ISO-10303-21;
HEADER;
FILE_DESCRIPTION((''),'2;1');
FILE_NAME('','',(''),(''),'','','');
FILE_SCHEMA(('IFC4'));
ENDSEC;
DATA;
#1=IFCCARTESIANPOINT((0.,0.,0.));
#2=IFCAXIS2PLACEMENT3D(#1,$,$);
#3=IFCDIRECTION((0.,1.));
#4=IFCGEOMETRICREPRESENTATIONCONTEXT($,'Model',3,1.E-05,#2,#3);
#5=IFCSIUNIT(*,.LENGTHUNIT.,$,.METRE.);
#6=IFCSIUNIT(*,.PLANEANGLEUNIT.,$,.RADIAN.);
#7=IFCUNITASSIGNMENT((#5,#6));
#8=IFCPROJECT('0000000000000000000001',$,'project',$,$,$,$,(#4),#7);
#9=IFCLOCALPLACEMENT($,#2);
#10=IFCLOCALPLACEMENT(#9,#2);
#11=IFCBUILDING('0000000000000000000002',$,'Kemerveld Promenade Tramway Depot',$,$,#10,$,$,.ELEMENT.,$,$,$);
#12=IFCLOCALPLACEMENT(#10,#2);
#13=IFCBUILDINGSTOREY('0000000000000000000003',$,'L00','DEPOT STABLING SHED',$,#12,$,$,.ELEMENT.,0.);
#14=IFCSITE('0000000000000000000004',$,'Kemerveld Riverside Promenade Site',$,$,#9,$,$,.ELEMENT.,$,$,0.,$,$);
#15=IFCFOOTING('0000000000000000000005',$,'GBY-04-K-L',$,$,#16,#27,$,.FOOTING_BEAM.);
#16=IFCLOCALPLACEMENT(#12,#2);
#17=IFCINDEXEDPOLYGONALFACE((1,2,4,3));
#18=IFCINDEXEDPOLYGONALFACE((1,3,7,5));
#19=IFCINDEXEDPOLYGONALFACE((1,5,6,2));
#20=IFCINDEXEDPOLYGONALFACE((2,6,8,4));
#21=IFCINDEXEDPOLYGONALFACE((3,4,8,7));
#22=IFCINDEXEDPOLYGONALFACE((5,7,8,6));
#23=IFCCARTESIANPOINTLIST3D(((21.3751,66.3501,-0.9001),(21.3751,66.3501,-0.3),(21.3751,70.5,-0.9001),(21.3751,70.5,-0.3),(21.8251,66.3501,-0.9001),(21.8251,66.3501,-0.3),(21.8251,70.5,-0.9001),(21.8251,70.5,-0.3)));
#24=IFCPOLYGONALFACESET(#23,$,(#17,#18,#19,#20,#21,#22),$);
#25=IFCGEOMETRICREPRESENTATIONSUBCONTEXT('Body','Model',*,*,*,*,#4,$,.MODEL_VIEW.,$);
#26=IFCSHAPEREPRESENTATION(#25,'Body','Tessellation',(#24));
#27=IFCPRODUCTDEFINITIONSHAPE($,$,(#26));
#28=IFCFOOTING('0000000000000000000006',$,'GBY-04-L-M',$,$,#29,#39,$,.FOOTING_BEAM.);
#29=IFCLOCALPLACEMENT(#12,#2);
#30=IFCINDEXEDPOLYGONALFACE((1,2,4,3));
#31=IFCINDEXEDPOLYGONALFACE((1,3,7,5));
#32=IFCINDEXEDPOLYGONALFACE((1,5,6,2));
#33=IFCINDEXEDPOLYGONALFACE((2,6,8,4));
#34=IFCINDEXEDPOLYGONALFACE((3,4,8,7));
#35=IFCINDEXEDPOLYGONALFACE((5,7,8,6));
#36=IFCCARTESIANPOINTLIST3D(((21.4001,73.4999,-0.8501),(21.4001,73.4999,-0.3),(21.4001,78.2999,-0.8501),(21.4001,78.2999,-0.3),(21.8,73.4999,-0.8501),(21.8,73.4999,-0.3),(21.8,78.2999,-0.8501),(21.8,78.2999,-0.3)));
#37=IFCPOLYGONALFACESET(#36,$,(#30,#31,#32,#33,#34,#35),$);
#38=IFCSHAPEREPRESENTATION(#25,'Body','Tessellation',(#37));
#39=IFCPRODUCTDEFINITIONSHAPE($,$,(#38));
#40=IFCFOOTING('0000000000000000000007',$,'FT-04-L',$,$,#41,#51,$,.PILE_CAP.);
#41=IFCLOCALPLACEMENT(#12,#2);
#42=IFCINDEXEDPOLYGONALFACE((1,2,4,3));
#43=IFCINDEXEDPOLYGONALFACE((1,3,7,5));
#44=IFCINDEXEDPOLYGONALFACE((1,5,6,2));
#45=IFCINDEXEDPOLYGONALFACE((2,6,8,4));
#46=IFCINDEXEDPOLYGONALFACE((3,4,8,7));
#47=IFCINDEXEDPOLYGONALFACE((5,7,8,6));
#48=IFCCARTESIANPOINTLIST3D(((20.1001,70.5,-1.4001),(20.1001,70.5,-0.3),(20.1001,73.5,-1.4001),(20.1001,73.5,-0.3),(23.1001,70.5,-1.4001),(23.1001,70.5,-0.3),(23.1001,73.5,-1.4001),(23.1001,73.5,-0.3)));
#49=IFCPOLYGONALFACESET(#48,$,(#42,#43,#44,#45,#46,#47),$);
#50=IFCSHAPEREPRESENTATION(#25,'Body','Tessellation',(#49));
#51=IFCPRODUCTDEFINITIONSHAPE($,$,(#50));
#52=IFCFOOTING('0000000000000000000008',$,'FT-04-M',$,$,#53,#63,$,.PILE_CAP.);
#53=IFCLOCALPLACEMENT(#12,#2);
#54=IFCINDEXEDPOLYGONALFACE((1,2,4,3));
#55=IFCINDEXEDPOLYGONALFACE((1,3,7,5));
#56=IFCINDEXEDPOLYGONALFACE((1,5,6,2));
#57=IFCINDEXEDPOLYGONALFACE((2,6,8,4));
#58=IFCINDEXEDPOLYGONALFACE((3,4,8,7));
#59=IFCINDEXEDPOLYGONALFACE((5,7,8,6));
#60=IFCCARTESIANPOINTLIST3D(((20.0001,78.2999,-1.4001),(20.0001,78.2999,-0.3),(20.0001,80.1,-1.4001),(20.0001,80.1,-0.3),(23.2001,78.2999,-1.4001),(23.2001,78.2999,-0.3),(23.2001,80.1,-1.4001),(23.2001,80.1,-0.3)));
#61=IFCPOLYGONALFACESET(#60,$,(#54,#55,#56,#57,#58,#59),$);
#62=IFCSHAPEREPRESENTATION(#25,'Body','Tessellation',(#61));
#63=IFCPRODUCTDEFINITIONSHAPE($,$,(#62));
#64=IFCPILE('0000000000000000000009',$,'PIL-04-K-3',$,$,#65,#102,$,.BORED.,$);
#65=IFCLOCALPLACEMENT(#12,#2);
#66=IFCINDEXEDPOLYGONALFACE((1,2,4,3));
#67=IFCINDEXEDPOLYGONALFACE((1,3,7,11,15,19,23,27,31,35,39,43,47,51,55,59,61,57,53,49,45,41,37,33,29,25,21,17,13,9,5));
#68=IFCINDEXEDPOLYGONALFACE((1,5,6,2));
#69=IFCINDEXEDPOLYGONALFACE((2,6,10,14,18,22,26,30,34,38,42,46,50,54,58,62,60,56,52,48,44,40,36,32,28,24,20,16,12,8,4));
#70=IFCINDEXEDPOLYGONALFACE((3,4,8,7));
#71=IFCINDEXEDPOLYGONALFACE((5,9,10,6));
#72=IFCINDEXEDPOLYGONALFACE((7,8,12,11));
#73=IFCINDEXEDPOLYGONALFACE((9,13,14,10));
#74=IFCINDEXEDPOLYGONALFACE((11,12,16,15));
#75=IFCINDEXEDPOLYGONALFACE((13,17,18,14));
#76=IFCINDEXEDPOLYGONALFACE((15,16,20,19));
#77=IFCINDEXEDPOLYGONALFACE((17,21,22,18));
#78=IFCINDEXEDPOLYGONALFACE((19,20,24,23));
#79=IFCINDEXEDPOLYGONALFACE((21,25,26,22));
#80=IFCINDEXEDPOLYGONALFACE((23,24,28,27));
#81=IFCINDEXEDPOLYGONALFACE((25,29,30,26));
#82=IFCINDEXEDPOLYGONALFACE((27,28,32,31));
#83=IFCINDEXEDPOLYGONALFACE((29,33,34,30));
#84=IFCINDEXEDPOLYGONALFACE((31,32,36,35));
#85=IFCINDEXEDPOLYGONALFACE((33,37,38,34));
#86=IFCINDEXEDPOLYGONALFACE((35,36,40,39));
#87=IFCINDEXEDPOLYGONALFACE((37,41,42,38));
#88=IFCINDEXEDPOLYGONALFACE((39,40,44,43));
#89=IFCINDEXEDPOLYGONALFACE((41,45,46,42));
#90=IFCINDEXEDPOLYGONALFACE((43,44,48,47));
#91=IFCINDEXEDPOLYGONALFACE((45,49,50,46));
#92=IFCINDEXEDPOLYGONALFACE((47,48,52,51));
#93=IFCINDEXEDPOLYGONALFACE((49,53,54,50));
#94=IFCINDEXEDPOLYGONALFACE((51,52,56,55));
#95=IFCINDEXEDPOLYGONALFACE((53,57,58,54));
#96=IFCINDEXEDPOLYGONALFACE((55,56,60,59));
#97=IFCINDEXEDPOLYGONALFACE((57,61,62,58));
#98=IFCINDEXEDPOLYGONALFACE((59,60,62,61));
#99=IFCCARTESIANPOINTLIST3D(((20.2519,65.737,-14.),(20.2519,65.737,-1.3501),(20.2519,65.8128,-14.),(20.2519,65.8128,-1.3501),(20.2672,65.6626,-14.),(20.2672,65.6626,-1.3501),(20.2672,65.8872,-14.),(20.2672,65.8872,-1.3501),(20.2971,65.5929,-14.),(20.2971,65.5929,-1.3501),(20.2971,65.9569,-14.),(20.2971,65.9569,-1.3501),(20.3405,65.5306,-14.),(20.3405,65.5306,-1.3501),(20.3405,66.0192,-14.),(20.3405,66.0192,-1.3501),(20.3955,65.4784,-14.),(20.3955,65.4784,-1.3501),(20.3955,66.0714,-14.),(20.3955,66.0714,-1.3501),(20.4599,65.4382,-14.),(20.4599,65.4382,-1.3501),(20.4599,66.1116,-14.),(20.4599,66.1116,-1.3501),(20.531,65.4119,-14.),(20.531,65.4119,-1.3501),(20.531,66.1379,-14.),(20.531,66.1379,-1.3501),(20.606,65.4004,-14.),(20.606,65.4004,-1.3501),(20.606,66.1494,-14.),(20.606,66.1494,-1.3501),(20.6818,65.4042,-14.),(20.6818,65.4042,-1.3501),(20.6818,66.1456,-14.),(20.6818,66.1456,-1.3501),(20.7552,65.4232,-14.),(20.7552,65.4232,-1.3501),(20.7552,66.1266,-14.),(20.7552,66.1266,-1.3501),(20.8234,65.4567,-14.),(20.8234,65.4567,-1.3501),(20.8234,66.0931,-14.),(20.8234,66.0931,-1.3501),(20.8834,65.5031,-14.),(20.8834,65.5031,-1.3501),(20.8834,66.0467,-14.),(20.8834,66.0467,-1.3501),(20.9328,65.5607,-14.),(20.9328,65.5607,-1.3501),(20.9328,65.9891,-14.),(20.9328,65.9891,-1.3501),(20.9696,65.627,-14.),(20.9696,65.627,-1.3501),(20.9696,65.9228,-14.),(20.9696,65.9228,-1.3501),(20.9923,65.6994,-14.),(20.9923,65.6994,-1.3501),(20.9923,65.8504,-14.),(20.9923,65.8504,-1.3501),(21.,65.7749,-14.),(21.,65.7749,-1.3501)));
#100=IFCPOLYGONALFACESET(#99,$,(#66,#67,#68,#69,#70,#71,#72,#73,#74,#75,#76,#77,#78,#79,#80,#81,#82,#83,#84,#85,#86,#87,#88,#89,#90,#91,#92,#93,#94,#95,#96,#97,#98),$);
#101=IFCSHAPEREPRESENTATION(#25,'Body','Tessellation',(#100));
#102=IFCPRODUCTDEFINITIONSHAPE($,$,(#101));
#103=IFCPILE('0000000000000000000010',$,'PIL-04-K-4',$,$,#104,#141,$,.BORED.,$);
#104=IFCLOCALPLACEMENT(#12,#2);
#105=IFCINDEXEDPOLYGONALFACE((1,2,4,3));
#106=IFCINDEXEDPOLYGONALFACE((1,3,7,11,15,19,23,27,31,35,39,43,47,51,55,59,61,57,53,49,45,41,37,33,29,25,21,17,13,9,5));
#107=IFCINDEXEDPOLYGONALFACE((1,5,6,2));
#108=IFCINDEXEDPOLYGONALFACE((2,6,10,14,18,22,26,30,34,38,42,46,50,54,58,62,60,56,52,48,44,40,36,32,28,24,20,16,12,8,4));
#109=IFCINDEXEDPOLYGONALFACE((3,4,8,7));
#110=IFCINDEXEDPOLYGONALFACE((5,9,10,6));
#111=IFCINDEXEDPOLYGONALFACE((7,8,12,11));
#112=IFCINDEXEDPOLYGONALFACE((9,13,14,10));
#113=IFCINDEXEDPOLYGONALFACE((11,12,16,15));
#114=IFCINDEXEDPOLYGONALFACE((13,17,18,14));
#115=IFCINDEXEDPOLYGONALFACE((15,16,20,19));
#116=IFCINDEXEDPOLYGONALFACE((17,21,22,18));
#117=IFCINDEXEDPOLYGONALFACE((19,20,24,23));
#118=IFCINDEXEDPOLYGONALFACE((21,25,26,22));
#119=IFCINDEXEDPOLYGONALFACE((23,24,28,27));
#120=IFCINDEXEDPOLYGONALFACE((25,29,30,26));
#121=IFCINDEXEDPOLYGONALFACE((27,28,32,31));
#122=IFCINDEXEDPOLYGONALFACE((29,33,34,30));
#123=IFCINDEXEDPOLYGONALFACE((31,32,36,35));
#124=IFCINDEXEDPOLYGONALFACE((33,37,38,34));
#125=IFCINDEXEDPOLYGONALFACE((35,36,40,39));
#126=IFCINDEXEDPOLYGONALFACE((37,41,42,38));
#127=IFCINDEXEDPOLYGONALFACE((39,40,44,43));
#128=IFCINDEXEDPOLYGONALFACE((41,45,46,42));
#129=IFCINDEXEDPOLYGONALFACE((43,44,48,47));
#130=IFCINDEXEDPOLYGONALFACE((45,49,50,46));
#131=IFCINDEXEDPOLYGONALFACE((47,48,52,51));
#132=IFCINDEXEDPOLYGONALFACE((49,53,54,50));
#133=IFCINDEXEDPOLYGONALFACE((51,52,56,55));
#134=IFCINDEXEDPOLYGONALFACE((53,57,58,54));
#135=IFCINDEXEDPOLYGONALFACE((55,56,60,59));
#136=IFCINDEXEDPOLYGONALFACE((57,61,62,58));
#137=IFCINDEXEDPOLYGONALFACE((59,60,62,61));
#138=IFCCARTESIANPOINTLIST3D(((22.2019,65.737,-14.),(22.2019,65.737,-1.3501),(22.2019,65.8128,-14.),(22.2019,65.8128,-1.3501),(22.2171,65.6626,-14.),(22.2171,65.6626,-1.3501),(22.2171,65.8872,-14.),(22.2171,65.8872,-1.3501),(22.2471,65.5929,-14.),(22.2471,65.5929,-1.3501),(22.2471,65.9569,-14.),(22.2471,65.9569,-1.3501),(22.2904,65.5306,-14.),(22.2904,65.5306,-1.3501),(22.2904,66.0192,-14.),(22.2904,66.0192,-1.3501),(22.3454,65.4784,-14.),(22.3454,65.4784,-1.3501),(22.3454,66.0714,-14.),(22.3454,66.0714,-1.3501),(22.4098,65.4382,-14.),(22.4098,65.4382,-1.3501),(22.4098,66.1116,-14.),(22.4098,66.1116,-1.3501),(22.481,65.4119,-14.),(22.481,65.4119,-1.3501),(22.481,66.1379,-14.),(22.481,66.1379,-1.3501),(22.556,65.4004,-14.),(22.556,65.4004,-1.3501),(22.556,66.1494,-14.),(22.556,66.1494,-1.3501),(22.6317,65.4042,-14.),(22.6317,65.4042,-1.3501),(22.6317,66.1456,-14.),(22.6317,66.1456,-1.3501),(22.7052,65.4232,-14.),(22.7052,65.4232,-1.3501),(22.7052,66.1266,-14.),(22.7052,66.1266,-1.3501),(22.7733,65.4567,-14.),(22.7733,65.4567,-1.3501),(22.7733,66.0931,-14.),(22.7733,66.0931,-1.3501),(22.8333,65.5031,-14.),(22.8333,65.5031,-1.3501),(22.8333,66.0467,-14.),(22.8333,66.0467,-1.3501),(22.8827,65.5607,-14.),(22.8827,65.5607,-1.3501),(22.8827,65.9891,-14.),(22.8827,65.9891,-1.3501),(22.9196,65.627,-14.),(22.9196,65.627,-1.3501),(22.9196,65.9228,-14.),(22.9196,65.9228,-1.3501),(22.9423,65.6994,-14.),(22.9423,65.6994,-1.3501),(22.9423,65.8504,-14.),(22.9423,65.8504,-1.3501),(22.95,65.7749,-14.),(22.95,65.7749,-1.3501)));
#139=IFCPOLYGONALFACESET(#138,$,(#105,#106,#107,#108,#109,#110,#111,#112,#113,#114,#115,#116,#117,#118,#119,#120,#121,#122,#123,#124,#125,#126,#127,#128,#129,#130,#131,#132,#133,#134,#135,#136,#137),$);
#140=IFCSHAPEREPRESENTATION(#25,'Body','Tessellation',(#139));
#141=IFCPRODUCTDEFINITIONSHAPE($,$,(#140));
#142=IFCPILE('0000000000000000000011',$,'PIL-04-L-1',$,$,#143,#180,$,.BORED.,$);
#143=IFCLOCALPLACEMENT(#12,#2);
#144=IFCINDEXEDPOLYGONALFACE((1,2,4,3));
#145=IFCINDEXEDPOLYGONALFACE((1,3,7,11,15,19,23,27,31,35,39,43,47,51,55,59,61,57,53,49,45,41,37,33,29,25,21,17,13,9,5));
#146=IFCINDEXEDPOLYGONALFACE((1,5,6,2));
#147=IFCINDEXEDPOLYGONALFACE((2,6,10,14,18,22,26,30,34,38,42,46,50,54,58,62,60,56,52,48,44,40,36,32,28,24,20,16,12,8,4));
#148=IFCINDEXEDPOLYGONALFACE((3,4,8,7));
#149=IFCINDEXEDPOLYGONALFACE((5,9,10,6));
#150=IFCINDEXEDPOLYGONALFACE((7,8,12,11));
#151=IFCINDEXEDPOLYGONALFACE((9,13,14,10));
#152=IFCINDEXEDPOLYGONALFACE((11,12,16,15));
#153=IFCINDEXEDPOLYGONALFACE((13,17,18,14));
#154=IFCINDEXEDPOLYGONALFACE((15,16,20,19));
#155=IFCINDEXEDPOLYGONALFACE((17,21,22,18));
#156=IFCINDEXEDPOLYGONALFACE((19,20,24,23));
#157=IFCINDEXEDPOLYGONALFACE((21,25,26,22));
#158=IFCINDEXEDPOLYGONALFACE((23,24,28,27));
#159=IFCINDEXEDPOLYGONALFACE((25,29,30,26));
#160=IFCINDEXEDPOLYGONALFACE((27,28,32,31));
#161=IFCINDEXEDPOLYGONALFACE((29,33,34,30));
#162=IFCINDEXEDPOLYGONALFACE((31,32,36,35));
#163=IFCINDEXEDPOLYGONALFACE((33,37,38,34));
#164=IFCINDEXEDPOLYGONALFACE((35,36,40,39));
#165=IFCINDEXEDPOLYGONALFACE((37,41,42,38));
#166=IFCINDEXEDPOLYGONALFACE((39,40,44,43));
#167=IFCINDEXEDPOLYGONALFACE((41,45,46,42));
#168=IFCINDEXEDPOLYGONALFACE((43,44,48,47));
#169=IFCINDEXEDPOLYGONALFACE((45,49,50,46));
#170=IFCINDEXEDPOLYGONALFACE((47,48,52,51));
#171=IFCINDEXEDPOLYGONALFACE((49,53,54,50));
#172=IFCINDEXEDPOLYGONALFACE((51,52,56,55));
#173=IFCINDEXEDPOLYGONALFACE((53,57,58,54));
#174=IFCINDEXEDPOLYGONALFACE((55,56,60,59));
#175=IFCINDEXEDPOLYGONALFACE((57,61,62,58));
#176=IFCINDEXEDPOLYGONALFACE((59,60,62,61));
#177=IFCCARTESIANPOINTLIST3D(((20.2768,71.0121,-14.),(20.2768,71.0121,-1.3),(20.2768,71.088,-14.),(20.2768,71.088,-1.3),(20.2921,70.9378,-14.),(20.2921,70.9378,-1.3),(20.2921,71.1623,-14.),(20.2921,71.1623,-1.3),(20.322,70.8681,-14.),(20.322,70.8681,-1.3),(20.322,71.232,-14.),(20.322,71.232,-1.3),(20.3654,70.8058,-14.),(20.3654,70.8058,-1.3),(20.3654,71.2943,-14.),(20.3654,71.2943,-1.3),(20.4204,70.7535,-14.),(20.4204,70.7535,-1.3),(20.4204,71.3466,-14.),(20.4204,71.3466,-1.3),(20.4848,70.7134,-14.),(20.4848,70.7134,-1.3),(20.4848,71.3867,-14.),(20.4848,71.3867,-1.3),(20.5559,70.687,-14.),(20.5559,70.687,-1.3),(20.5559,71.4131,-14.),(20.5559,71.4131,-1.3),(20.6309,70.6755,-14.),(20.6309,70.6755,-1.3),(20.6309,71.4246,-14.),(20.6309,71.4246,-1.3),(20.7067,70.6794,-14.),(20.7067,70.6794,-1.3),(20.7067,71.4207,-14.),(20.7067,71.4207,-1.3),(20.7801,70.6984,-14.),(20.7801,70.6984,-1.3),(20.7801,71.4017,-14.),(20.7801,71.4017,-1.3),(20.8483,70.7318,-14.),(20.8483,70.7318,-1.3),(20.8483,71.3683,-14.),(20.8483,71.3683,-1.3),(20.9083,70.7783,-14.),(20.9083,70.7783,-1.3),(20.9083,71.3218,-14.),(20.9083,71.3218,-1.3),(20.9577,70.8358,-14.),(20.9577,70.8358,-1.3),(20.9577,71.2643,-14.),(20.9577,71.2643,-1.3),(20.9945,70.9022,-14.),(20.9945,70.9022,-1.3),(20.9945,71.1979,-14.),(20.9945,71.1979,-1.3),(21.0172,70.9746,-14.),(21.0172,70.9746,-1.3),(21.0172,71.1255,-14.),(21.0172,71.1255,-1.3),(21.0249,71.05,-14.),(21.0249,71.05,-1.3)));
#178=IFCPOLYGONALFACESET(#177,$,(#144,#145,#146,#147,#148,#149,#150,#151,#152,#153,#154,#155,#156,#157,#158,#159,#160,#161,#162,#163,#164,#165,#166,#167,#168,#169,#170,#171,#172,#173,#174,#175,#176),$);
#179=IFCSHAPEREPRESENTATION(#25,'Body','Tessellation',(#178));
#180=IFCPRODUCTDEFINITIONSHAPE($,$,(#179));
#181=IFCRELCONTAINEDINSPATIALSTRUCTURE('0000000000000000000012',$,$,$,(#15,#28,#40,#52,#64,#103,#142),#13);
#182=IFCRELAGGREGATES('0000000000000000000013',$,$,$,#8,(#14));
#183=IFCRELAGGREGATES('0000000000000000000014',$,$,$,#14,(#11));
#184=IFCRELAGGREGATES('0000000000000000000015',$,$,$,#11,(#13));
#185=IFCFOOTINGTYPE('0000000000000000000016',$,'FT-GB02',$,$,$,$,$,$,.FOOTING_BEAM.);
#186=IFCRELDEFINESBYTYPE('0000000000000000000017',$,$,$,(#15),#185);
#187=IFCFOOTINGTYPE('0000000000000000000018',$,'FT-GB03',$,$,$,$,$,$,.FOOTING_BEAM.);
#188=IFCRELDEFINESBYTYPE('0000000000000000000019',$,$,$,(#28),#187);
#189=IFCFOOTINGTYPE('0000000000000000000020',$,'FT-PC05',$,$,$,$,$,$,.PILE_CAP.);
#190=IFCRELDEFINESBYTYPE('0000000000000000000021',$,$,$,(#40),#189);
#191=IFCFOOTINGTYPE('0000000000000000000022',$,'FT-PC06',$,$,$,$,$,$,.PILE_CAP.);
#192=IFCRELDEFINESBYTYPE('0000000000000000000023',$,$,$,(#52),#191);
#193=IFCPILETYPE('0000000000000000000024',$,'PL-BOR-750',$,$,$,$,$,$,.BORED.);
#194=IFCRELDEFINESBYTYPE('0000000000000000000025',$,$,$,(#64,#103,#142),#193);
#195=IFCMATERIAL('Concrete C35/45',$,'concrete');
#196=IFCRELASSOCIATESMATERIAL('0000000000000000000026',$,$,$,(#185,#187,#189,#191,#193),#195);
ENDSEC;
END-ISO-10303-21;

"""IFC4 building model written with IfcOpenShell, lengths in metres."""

from ifc_helpers import new_model, si_unit, direction, frame, origin, origin_2d, place, context, subcontext, project, spatial, rectangle, circle, extrude, material, material_profile, profile_set, type_object, element, save


model = new_model("IFC4")

# Units and contexts
model_context = context("Model", 3, precision=1e-05, world=origin(), true_north=direction((0.0, 1.0)))
body_context = subcontext(model_context, "Body", "Model", "MODEL_VIEW")
ifc_project = project(units=[si_unit("LENGTHUNIT", "METRE"), si_unit("PLANEANGLEUNIT", "RADIAN")], contexts=[model_context])

# Site, building, storey
site_placement = place(None, origin())
site = spatial("IfcSite", under=ifc_project, at=site_placement, Name="Kemerveld Riverside Promenade Site", CompositionType="ELEMENT", RefElevation=0.0)
building_placement = place(site_placement, origin())
building = spatial("IfcBuilding", under=site, at=building_placement, Name="Kemerveld Promenade Tramway Depot", CompositionType="ELEMENT")
storey_placement = place(building_placement, origin())
storey = spatial("IfcBuildingStorey", under=building, at=storey_placement, Name="L00", Description="DEPOT STABLING SHED", CompositionType="ELEMENT", Elevation=0.0)

# Footings
ifc_material_1 = material(Name="Concrete C35/45", Category="concrete")
footing_type_1 = type_object("IfcFootingType", Name="FT-GB02", PredefinedType="FOOTING_BEAM", material=ifc_material_1)
footing_1_placement = place(storey_placement, frame((21.6001, 68.425, -0.9001), z_axis=(0.0, 0.0, 1.0), x_axis=(0.0, 1.0, 0.0)))
element("IfcFooting", 1, at=footing_1_placement, inside=storey, type_object=footing_type_1, Name="GBY-04-K-L", PredefinedType="FOOTING_BEAM", context=body_context, shape_type="SweptSolid", body=[
    extrude(rectangle(XDim=4.1499, YDim=0.45, at=origin_2d()), origin(), (0.0, 0.0, 1.0), 0.6001),
])
footing_type_2 = type_object("IfcFootingType", Name="FT-GB03", PredefinedType="FOOTING_BEAM", material=ifc_material_1)
footing_2_placement = place(storey_placement, frame((21.6001, 75.8999, -0.8501), z_axis=(0.0, 0.0, 1.0), x_axis=(0.0, 1.0, 0.0)))
element("IfcFooting", 2, at=footing_2_placement, inside=storey, type_object=footing_type_2, Name="GBY-04-L-M", PredefinedType="FOOTING_BEAM", context=body_context, shape_type="SweptSolid", body=[
    extrude(rectangle(XDim=4.8, YDim=0.3999, at=origin_2d()), origin(), (0.0, 0.0, 1.0), 0.55),
])
footing_type_3 = type_object("IfcFootingType", Name="FT-PC05", PredefinedType="PILE_CAP", material=ifc_material_1)
footing_3_placement = place(storey_placement, frame((21.6001, 72.0, -1.4001), z_axis=(0.0, 0.0, 1.0), x_axis=(1.0, 0.0, 0.0)))
element("IfcFooting", 3, at=footing_3_placement, inside=storey, type_object=footing_type_3, Name="FT-04-L", PredefinedType="PILE_CAP", context=body_context, shape_type="SweptSolid", body=[
    extrude(rectangle(XDim=3.0, YDim=3.0, at=origin_2d()), origin(), (0.0, 0.0, 1.0), 1.1001),
])
footing_type_4 = type_object("IfcFootingType", Name="FT-PC06", PredefinedType="PILE_CAP", material=ifc_material_1)
footing_4_placement = place(storey_placement, frame((21.6001, 79.2, -1.4001), z_axis=(0.0, 0.0, 1.0), x_axis=(1.0, 0.0, 0.0)))
element("IfcFooting", 4, at=footing_4_placement, inside=storey, type_object=footing_type_4, Name="FT-04-M", PredefinedType="PILE_CAP", context=body_context, shape_type="SweptSolid", body=[
    extrude(rectangle(XDim=3.2, YDim=1.8, at=origin_2d()), origin(), (0.0, 0.0, 1.0), 1.1001),
])

# Piles
ifc_material_profile_1 = material_profile(ifc_material_1, circle(Radius=0.375, at=origin_2d()), Name="PILE-D750")
ifc_profile_set_1 = profile_set([ifc_material_profile_1], Name="Concrete C35/45")
pile_type = type_object("IfcPileType", Name="PL-BOR-750", PredefinedType="BORED", material=ifc_profile_set_1)
for number, where, z_axis, x_axis, name in (
    (5, (20.625, 65.7749, -1.3501), (0.0, 0.0, -1.0), (1.0, 0.0, 0.0), "PIL-04-K-3"),
    (6, (22.575, 65.7749, -1.3501), (0.0, 0.0, -1.0), (1.0, 0.0, 0.0), "PIL-04-K-4"),
):
    element("IfcPile", number, at=place(storey_placement, frame(where, z_axis=z_axis, x_axis=x_axis)), inside=storey, type_object=pile_type, Name=name, PredefinedType="BORED", context=body_context, shape_type="SweptSolid", body=[
        extrude(circle(Radius=0.375, at=origin_2d()), origin(), (0.0, 0.0, 1.0), 12.6499),
    ])
for number, where, z_axis, x_axis, name in (
    (7, (20.6499, 71.05, -1.3), (0.0, 0.0, -1.0), (1.0, 0.0, 0.0), "PIL-04-L-1"),
):
    element("IfcPile", number, at=place(storey_placement, frame(where, z_axis=z_axis, x_axis=x_axis)), inside=storey, type_object=pile_type, Name=name, PredefinedType="BORED", context=body_context, shape_type="SweptSolid", body=[
        extrude(circle(Radius=0.375, at=origin_2d()), origin(), (0.0, 0.0, 1.0), 12.7),
    ])

save(model, "model.ifc")
